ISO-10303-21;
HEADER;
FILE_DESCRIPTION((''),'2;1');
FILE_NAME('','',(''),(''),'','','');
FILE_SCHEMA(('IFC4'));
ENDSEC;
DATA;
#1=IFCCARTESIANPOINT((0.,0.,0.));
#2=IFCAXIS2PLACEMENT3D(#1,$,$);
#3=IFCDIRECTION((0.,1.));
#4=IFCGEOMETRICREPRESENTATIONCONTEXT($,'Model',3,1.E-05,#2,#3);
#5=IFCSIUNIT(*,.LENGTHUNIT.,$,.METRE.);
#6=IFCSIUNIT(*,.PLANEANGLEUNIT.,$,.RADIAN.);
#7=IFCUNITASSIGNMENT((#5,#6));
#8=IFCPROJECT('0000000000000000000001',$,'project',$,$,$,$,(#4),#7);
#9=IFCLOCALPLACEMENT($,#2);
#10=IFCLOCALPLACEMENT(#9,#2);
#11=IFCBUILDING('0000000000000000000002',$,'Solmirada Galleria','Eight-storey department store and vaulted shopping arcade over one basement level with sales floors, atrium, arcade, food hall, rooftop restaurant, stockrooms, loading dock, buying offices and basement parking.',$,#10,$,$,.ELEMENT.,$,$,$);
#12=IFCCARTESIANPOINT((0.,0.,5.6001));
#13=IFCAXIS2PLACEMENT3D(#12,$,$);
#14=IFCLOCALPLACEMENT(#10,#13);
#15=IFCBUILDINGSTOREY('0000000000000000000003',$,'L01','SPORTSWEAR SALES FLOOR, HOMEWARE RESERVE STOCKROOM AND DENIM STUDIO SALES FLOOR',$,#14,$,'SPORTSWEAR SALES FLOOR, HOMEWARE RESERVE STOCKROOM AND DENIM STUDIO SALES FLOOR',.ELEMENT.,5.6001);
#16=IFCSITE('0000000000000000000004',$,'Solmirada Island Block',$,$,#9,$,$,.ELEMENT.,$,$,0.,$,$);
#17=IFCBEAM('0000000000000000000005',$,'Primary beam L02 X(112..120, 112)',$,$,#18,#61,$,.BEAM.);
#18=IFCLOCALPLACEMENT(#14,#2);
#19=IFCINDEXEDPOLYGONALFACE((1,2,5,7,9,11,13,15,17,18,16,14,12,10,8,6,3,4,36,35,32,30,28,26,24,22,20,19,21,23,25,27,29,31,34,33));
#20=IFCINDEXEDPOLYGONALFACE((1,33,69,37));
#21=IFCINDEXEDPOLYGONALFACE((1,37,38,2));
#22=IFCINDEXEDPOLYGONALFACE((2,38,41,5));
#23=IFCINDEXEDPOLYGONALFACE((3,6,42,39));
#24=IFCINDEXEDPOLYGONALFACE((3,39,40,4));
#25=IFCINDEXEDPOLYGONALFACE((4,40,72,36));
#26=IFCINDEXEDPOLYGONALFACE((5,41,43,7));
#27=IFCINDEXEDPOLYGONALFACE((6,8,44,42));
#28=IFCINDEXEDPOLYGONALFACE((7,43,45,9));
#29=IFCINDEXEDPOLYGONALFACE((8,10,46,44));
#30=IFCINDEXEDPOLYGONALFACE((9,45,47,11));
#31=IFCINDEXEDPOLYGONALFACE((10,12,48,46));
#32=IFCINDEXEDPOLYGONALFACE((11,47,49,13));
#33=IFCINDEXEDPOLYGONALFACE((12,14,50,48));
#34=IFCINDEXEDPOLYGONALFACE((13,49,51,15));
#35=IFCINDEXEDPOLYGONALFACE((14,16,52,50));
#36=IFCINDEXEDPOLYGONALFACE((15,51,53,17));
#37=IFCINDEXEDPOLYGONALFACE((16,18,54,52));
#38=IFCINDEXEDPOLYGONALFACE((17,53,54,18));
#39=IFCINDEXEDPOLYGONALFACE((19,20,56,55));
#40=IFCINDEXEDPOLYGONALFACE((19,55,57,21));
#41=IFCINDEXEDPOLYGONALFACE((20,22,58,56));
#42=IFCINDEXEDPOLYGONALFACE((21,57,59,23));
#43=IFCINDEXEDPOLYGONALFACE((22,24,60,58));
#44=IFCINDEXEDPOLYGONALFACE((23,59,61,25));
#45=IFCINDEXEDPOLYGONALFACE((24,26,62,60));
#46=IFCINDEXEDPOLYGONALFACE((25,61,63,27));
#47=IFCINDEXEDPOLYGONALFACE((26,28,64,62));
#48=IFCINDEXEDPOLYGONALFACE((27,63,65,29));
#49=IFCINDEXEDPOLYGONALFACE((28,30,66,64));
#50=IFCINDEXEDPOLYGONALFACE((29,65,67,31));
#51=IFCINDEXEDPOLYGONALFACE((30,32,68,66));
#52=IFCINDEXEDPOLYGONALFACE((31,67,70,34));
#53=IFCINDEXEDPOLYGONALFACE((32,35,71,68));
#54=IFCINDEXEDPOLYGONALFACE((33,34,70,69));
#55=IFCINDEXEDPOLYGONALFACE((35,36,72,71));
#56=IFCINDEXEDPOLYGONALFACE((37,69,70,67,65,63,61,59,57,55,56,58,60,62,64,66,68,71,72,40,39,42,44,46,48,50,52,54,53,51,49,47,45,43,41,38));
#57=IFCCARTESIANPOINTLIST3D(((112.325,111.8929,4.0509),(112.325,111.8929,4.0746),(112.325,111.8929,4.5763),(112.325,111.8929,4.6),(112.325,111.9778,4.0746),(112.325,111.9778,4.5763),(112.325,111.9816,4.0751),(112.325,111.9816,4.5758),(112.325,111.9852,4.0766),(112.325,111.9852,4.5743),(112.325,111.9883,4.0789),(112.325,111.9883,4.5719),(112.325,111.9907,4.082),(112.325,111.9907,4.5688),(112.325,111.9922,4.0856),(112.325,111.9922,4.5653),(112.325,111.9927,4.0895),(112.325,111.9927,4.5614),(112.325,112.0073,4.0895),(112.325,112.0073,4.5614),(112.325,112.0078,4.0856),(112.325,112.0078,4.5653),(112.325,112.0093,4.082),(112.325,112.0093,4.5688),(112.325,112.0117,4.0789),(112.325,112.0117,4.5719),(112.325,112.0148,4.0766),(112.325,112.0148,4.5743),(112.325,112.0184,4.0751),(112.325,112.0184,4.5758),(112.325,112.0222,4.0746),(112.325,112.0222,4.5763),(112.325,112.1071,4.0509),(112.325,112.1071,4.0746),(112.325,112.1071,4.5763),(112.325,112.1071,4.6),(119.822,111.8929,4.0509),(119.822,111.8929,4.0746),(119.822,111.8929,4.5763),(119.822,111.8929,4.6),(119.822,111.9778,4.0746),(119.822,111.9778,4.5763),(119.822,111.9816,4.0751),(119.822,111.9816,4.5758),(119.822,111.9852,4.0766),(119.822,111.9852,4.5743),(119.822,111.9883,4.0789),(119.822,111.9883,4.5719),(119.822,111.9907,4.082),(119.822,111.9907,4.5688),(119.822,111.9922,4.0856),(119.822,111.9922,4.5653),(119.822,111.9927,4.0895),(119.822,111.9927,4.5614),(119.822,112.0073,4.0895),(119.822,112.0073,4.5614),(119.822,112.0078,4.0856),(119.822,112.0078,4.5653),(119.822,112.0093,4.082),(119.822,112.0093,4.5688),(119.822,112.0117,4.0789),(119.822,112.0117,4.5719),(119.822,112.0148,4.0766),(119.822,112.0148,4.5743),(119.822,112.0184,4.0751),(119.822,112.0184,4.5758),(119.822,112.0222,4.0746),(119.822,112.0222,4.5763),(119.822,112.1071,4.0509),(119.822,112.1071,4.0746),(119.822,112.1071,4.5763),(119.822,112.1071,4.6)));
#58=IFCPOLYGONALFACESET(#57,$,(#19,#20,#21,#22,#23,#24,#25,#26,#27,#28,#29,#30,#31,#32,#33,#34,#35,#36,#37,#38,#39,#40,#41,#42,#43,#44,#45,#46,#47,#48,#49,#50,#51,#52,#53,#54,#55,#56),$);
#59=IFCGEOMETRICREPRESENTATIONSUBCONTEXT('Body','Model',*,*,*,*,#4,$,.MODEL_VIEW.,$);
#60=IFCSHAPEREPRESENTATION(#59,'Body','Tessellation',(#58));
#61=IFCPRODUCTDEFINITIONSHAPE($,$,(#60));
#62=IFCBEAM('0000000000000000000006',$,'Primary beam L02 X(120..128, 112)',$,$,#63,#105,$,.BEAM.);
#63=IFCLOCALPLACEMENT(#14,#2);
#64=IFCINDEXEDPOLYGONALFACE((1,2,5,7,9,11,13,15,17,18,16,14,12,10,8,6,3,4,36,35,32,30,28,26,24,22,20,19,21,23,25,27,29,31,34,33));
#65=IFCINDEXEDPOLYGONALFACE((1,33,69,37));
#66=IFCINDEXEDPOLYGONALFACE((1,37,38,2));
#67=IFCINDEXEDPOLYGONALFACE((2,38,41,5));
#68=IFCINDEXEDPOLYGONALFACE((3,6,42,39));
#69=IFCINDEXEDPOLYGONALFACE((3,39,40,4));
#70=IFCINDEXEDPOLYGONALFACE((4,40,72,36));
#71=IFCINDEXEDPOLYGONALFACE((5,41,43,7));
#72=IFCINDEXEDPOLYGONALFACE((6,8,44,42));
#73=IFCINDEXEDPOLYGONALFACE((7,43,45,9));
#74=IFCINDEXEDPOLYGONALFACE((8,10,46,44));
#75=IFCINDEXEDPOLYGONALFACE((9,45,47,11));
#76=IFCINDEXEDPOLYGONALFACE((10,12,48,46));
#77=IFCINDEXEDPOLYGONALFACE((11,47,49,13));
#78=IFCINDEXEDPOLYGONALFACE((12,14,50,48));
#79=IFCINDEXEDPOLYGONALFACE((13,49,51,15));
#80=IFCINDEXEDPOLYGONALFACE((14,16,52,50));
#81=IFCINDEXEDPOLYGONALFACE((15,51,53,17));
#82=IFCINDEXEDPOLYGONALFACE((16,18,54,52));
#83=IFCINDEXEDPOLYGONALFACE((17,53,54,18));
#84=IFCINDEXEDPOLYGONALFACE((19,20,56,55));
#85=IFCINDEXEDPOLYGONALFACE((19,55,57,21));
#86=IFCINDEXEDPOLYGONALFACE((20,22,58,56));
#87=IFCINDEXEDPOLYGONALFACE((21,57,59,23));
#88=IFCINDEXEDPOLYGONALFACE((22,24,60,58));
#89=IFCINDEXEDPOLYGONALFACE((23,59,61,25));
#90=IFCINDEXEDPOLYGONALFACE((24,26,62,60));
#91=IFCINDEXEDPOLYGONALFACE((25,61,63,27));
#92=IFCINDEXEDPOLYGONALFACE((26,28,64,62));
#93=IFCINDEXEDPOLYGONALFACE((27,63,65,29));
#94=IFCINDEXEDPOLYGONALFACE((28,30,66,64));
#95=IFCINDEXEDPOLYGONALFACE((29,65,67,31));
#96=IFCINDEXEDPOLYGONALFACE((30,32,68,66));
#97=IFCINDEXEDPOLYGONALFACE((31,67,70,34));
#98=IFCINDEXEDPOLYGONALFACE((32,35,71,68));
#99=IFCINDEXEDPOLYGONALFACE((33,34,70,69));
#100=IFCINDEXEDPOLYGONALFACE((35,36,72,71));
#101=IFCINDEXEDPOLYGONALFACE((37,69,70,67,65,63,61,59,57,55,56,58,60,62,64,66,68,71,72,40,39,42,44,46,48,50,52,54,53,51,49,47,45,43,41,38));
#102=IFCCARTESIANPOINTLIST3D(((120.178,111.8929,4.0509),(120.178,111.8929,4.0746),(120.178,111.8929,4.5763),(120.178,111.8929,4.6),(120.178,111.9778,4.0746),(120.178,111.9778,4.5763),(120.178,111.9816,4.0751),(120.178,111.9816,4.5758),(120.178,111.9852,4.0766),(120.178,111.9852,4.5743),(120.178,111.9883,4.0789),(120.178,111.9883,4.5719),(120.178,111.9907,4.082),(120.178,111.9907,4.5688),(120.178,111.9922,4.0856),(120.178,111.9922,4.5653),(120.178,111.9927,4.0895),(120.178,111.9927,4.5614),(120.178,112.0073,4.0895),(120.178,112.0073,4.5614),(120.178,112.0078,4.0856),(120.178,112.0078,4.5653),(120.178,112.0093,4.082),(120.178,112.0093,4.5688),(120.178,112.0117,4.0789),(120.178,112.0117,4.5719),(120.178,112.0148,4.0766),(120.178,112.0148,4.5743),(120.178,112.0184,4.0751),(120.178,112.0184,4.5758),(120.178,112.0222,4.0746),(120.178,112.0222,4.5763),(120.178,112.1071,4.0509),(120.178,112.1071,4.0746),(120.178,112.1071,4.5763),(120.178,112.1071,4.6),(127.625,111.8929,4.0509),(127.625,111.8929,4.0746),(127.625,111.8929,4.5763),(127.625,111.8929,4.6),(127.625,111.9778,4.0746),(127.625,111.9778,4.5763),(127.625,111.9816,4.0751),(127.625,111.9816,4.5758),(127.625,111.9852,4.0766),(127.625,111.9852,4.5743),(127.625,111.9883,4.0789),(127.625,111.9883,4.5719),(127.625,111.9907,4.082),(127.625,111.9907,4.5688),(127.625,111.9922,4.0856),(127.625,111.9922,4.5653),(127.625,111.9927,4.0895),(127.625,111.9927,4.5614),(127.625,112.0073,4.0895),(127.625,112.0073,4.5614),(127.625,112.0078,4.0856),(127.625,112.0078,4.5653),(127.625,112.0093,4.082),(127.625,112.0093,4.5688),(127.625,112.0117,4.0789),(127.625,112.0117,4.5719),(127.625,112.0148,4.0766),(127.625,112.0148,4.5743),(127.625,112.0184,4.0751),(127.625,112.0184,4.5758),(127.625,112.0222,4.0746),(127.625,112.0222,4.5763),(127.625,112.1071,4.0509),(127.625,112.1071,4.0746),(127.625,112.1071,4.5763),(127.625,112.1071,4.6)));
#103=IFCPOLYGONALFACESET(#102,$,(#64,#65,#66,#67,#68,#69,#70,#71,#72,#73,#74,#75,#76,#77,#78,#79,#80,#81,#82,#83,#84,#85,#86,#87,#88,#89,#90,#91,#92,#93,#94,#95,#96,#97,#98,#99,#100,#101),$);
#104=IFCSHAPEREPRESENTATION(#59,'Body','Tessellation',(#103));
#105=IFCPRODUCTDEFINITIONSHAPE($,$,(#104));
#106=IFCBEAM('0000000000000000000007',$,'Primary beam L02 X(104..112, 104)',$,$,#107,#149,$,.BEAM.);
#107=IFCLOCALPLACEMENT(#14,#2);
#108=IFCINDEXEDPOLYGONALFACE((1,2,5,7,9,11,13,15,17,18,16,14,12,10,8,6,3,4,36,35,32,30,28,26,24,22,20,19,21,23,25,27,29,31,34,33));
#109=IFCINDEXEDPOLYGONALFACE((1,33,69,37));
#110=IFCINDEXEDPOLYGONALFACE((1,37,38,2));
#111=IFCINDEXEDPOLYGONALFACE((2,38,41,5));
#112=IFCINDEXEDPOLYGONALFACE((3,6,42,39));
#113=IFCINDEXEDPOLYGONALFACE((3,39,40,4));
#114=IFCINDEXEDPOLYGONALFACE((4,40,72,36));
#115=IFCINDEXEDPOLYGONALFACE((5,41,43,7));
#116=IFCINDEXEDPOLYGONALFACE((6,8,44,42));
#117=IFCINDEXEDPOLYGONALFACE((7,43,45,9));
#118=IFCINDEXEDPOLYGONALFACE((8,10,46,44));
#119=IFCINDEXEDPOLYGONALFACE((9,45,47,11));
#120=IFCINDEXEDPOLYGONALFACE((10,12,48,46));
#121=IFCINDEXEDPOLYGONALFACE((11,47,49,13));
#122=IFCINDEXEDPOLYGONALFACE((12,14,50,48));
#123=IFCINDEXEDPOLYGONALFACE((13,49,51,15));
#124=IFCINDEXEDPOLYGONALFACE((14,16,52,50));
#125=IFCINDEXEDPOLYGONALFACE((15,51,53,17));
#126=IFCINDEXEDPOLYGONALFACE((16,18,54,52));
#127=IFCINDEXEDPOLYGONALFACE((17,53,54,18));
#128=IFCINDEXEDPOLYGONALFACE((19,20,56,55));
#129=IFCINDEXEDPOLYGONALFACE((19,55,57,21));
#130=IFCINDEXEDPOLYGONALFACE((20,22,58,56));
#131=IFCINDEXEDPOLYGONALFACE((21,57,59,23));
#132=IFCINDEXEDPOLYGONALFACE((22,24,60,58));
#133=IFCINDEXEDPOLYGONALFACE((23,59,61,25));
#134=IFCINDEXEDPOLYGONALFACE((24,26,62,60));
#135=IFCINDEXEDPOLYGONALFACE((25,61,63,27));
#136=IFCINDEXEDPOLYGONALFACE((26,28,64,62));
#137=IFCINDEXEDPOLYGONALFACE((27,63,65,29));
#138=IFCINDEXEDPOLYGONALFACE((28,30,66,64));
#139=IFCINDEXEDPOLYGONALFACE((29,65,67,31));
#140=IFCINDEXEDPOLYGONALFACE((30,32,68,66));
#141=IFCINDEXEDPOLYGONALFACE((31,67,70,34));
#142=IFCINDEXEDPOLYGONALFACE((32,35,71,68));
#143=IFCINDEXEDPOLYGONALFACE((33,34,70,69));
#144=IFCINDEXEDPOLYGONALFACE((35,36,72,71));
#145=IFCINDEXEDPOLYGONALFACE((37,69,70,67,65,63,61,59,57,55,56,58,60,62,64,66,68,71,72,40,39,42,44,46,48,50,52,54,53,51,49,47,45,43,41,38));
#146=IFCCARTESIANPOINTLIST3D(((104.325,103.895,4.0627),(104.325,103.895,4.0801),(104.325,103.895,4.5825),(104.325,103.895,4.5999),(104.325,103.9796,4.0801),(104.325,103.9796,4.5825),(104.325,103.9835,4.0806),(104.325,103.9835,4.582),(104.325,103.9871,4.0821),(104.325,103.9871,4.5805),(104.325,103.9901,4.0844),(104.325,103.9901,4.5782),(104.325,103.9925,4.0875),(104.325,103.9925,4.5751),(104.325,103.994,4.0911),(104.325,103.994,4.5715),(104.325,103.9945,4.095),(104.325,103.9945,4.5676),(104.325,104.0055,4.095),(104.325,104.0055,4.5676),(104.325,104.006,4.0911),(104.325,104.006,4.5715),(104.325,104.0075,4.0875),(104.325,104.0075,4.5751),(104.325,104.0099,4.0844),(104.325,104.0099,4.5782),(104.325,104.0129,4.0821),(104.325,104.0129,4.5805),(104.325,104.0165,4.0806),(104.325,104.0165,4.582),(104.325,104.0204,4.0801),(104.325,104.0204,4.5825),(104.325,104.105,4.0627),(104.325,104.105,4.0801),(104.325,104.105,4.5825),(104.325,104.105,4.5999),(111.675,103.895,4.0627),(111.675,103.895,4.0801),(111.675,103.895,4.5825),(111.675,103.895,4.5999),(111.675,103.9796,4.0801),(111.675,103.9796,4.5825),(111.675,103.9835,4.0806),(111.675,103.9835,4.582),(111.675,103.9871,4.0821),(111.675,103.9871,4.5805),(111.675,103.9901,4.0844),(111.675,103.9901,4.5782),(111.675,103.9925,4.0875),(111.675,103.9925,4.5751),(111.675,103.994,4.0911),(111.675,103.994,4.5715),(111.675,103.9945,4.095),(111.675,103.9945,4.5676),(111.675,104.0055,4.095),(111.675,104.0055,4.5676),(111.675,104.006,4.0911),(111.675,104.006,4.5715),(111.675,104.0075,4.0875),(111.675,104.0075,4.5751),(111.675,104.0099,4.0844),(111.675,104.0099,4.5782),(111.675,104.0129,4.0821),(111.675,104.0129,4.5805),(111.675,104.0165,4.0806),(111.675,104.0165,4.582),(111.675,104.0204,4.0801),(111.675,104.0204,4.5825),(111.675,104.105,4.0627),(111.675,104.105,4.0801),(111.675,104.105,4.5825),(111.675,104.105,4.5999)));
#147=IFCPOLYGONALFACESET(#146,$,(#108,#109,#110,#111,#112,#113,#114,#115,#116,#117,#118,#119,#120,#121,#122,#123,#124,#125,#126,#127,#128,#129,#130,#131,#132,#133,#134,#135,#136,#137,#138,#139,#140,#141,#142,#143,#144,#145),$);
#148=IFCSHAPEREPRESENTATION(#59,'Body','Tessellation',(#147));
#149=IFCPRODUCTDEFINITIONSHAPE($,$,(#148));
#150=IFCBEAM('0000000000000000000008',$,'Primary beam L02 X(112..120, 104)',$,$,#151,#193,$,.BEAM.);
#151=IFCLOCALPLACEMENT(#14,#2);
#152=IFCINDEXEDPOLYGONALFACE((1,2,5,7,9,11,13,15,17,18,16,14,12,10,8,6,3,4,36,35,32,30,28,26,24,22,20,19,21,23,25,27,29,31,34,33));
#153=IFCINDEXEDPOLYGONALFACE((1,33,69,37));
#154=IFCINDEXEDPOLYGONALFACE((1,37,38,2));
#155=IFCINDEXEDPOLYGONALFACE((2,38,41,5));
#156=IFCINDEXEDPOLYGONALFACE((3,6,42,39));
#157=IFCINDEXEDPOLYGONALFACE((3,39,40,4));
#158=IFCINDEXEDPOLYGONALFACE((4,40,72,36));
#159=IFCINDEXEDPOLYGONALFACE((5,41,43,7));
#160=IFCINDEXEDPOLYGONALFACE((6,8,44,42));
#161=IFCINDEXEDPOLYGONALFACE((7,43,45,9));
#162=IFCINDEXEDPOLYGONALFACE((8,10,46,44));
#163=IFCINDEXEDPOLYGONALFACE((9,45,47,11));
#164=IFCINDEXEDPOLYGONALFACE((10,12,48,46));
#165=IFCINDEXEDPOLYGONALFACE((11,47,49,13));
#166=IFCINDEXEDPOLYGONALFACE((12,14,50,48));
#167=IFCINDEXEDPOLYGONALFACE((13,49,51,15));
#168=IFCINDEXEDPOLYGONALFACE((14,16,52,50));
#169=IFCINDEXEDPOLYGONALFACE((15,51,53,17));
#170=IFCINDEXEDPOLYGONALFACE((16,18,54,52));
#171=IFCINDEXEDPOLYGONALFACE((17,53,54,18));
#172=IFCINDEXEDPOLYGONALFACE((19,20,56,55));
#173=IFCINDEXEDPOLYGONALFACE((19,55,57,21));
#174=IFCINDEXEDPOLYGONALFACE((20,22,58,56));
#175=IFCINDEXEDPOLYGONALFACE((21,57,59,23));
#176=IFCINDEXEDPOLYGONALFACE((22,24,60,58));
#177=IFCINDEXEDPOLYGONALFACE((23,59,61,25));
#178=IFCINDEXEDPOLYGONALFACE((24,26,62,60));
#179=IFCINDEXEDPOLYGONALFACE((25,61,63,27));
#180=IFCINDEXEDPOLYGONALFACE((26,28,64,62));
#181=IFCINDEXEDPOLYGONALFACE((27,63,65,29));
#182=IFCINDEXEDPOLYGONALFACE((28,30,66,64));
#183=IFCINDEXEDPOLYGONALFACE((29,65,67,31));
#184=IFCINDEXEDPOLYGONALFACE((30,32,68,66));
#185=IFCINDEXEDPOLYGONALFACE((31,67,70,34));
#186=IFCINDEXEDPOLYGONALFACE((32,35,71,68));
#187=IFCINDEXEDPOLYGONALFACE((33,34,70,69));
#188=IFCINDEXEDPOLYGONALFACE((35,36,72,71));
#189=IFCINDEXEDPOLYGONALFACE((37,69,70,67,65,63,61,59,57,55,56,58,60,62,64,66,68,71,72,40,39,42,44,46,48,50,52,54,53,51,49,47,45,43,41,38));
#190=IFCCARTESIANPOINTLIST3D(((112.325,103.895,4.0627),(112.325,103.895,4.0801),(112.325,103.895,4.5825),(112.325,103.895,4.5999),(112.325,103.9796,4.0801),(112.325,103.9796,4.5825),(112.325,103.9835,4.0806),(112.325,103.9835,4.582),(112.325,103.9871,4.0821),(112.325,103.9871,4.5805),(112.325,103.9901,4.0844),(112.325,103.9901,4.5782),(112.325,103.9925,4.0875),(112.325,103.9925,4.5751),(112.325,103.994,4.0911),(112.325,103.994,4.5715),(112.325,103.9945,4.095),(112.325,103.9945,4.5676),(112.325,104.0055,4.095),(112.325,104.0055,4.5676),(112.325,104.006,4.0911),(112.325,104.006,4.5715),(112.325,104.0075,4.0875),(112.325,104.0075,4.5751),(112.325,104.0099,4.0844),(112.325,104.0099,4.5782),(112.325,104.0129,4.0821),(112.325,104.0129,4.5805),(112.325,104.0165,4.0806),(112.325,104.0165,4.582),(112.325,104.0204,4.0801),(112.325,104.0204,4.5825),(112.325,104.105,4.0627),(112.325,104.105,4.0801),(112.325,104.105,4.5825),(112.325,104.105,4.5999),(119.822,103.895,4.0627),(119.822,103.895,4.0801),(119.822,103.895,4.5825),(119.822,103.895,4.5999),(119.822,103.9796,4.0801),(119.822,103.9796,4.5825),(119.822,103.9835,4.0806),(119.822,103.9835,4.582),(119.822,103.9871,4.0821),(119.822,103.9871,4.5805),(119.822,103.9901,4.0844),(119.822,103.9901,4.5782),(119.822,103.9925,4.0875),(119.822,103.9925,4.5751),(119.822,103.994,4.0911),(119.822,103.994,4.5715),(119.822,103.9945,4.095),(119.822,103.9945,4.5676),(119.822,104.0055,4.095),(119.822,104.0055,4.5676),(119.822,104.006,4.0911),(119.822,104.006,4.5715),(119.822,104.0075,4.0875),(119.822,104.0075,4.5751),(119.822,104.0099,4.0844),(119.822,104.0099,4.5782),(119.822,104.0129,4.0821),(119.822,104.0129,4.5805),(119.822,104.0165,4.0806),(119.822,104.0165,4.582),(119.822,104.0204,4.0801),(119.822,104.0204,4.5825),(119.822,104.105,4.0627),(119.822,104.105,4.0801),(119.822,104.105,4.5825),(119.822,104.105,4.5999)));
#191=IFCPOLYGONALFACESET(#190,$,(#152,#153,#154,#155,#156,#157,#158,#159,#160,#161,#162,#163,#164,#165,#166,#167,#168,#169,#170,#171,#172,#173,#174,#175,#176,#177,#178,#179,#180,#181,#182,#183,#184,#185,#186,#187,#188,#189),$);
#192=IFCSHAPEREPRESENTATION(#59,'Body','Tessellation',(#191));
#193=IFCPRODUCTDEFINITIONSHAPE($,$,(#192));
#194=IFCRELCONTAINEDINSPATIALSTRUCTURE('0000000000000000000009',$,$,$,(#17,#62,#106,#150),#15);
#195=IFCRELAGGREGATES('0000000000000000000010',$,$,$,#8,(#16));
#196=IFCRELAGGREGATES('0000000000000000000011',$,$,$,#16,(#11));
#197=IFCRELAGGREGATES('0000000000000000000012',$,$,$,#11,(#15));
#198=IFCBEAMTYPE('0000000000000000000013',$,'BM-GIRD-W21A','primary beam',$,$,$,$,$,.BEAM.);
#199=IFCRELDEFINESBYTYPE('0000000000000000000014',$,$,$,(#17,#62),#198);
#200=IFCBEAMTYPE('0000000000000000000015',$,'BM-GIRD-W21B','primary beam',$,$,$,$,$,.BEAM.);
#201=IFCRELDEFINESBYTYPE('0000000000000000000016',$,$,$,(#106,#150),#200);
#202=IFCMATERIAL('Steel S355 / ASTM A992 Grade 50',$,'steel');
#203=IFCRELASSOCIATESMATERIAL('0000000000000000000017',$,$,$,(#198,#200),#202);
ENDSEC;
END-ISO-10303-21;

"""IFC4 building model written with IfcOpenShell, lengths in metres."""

from ifc_helpers import new_model, si_unit, direction, frame, origin, origin_2d, place, context, subcontext, project, spatial, i_section, extrude, material, material_profile, profile_set, type_object, element, save


model = new_model("IFC4")

# Units and contexts
model_context = context("Model", 3, precision=1e-05, world=origin(), true_north=direction((0.0, 1.0)))
body_context = subcontext(model_context, "Body", "Model", "MODEL_VIEW")
ifc_project = project(units=[si_unit("LENGTHUNIT", "METRE"), si_unit("PLANEANGLEUNIT", "RADIAN")], contexts=[model_context])

# Site, building, storey
site_placement = place(None, origin())
site = spatial("IfcSite", under=ifc_project, at=site_placement, Name="Solmirada Island Block", CompositionType="ELEMENT", RefElevation=0.0)
building_placement = place(site_placement, origin())
building = spatial("IfcBuilding", under=site, at=building_placement, Name="Solmirada Galleria", Description="Eight-storey department store and vaulted shopping arcade over one basement level with sales floors, atrium, arcade, food hall, rooftop restaurant, stockrooms, loading dock, buying offices and basement parking.", CompositionType="ELEMENT")
storey_placement = place(building_placement, frame((0.0, 0.0, 5.6001)))
storey = spatial("IfcBuildingStorey", under=building, at=storey_placement, Name="L01", Description="SPORTSWEAR SALES FLOOR, HOMEWARE RESERVE STOCKROOM AND DENIM STUDIO SALES FLOOR", LongName="SPORTSWEAR SALES FLOOR, HOMEWARE RESERVE STOCKROOM AND DENIM STUDIO SALES FLOOR", CompositionType="ELEMENT", Elevation=5.6001)

# Beams
ifc_material_1 = material(Name="Steel S355 / ASTM A992 Grade 50", Category="steel")
ifc_material_profile_1 = material_profile(ifc_material_1, i_section(OverallWidth=0.2141, OverallDepth=0.5491, WebThickness=0.0146, FlangeThickness=0.0237, FilletRadius=0.0149, at=origin_2d()), Name="W21X93")
ifc_profile_set_1 = profile_set([ifc_material_profile_1], Name="Steel S355 / ASTM A992 Grade 50")
beam_type_1 = type_object("IfcBeamType", Name="BM-GIRD-W21A", Description="primary beam", PredefinedType="BEAM", material=ifc_profile_set_1)
beam_1_placement = place(storey_placement, frame((112.325, 112.0, 4.3254), z_axis=(1.0, 0.0, 0.0), x_axis=(0.0, 1.0, 0.0)))
element("IfcBeam", 1, at=beam_1_placement, inside=storey, type_object=beam_type_1, Name="Primary beam L02 X(112..120, 112)", PredefinedType="BEAM", context=body_context, shape_type="SweptSolid", body=[
    extrude(i_section(OverallWidth=0.2141, OverallDepth=0.5491, WebThickness=0.0146, FlangeThickness=0.0237, FilletRadius=0.0149, at=origin_2d()), origin(), (0.0, 0.0, 1.0), 7.4971),
])
beam_2_placement = place(storey_placement, frame((120.178, 112.0, 4.3254), z_axis=(1.0, 0.0, 0.0), x_axis=(0.0, 1.0, 0.0)))
element("IfcBeam", 2, at=beam_2_placement, inside=storey, type_object=beam_type_1, Name="Primary beam L02 X(120..128, 112)", PredefinedType="BEAM", context=body_context, shape_type="SweptSolid", body=[
    extrude(i_section(OverallWidth=0.2141, OverallDepth=0.5491, WebThickness=0.0146, FlangeThickness=0.0237, FilletRadius=0.0149, at=origin_2d()), origin(), (0.0, 0.0, 1.0), 7.447),
])
ifc_material_profile_2 = material_profile(ifc_material_1, i_section(OverallWidth=0.21, OverallDepth=0.5371, WebThickness=0.011, FlangeThickness=0.0173, FilletRadius=0.0149, at=origin_2d()), Name="W21X68")
ifc_profile_set_2 = profile_set([ifc_material_profile_2], Name="Steel S355 / ASTM A992 Grade 50")
beam_type_2 = type_object("IfcBeamType", Name="BM-GIRD-W21B", Description="primary beam", PredefinedType="BEAM", material=ifc_profile_set_2)
beam_3_placement = place(storey_placement, frame((104.325, 104.0, 4.3313), z_axis=(1.0, 0.0, 0.0), x_axis=(0.0, 1.0, 0.0)))
element("IfcBeam", 3, at=beam_3_placement, inside=storey, type_object=beam_type_2, Name="Primary beam L02 X(104..112, 104)", PredefinedType="BEAM", context=body_context, shape_type="SweptSolid", body=[
    extrude(i_section(OverallWidth=0.21, OverallDepth=0.5371, WebThickness=0.011, FlangeThickness=0.0173, FilletRadius=0.0149, at=origin_2d()), origin(), (0.0, 0.0, 1.0), 7.3501),
])
beam_4_placement = place(storey_placement, frame((112.325, 104.0, 4.3313), z_axis=(1.0, 0.0, 0.0), x_axis=(0.0, 1.0, 0.0)))
element("IfcBeam", 4, at=beam_4_placement, inside=storey, type_object=beam_type_2, Name="Primary beam L02 X(112..120, 104)", PredefinedType="BEAM", context=body_context, shape_type="SweptSolid", body=[
    extrude(i_section(OverallWidth=0.21, OverallDepth=0.5371, WebThickness=0.011, FlangeThickness=0.0173, FilletRadius=0.0149, at=origin_2d()), origin(), (0.0, 0.0, 1.0), 7.4971),
])

save(model, "model.ifc")
